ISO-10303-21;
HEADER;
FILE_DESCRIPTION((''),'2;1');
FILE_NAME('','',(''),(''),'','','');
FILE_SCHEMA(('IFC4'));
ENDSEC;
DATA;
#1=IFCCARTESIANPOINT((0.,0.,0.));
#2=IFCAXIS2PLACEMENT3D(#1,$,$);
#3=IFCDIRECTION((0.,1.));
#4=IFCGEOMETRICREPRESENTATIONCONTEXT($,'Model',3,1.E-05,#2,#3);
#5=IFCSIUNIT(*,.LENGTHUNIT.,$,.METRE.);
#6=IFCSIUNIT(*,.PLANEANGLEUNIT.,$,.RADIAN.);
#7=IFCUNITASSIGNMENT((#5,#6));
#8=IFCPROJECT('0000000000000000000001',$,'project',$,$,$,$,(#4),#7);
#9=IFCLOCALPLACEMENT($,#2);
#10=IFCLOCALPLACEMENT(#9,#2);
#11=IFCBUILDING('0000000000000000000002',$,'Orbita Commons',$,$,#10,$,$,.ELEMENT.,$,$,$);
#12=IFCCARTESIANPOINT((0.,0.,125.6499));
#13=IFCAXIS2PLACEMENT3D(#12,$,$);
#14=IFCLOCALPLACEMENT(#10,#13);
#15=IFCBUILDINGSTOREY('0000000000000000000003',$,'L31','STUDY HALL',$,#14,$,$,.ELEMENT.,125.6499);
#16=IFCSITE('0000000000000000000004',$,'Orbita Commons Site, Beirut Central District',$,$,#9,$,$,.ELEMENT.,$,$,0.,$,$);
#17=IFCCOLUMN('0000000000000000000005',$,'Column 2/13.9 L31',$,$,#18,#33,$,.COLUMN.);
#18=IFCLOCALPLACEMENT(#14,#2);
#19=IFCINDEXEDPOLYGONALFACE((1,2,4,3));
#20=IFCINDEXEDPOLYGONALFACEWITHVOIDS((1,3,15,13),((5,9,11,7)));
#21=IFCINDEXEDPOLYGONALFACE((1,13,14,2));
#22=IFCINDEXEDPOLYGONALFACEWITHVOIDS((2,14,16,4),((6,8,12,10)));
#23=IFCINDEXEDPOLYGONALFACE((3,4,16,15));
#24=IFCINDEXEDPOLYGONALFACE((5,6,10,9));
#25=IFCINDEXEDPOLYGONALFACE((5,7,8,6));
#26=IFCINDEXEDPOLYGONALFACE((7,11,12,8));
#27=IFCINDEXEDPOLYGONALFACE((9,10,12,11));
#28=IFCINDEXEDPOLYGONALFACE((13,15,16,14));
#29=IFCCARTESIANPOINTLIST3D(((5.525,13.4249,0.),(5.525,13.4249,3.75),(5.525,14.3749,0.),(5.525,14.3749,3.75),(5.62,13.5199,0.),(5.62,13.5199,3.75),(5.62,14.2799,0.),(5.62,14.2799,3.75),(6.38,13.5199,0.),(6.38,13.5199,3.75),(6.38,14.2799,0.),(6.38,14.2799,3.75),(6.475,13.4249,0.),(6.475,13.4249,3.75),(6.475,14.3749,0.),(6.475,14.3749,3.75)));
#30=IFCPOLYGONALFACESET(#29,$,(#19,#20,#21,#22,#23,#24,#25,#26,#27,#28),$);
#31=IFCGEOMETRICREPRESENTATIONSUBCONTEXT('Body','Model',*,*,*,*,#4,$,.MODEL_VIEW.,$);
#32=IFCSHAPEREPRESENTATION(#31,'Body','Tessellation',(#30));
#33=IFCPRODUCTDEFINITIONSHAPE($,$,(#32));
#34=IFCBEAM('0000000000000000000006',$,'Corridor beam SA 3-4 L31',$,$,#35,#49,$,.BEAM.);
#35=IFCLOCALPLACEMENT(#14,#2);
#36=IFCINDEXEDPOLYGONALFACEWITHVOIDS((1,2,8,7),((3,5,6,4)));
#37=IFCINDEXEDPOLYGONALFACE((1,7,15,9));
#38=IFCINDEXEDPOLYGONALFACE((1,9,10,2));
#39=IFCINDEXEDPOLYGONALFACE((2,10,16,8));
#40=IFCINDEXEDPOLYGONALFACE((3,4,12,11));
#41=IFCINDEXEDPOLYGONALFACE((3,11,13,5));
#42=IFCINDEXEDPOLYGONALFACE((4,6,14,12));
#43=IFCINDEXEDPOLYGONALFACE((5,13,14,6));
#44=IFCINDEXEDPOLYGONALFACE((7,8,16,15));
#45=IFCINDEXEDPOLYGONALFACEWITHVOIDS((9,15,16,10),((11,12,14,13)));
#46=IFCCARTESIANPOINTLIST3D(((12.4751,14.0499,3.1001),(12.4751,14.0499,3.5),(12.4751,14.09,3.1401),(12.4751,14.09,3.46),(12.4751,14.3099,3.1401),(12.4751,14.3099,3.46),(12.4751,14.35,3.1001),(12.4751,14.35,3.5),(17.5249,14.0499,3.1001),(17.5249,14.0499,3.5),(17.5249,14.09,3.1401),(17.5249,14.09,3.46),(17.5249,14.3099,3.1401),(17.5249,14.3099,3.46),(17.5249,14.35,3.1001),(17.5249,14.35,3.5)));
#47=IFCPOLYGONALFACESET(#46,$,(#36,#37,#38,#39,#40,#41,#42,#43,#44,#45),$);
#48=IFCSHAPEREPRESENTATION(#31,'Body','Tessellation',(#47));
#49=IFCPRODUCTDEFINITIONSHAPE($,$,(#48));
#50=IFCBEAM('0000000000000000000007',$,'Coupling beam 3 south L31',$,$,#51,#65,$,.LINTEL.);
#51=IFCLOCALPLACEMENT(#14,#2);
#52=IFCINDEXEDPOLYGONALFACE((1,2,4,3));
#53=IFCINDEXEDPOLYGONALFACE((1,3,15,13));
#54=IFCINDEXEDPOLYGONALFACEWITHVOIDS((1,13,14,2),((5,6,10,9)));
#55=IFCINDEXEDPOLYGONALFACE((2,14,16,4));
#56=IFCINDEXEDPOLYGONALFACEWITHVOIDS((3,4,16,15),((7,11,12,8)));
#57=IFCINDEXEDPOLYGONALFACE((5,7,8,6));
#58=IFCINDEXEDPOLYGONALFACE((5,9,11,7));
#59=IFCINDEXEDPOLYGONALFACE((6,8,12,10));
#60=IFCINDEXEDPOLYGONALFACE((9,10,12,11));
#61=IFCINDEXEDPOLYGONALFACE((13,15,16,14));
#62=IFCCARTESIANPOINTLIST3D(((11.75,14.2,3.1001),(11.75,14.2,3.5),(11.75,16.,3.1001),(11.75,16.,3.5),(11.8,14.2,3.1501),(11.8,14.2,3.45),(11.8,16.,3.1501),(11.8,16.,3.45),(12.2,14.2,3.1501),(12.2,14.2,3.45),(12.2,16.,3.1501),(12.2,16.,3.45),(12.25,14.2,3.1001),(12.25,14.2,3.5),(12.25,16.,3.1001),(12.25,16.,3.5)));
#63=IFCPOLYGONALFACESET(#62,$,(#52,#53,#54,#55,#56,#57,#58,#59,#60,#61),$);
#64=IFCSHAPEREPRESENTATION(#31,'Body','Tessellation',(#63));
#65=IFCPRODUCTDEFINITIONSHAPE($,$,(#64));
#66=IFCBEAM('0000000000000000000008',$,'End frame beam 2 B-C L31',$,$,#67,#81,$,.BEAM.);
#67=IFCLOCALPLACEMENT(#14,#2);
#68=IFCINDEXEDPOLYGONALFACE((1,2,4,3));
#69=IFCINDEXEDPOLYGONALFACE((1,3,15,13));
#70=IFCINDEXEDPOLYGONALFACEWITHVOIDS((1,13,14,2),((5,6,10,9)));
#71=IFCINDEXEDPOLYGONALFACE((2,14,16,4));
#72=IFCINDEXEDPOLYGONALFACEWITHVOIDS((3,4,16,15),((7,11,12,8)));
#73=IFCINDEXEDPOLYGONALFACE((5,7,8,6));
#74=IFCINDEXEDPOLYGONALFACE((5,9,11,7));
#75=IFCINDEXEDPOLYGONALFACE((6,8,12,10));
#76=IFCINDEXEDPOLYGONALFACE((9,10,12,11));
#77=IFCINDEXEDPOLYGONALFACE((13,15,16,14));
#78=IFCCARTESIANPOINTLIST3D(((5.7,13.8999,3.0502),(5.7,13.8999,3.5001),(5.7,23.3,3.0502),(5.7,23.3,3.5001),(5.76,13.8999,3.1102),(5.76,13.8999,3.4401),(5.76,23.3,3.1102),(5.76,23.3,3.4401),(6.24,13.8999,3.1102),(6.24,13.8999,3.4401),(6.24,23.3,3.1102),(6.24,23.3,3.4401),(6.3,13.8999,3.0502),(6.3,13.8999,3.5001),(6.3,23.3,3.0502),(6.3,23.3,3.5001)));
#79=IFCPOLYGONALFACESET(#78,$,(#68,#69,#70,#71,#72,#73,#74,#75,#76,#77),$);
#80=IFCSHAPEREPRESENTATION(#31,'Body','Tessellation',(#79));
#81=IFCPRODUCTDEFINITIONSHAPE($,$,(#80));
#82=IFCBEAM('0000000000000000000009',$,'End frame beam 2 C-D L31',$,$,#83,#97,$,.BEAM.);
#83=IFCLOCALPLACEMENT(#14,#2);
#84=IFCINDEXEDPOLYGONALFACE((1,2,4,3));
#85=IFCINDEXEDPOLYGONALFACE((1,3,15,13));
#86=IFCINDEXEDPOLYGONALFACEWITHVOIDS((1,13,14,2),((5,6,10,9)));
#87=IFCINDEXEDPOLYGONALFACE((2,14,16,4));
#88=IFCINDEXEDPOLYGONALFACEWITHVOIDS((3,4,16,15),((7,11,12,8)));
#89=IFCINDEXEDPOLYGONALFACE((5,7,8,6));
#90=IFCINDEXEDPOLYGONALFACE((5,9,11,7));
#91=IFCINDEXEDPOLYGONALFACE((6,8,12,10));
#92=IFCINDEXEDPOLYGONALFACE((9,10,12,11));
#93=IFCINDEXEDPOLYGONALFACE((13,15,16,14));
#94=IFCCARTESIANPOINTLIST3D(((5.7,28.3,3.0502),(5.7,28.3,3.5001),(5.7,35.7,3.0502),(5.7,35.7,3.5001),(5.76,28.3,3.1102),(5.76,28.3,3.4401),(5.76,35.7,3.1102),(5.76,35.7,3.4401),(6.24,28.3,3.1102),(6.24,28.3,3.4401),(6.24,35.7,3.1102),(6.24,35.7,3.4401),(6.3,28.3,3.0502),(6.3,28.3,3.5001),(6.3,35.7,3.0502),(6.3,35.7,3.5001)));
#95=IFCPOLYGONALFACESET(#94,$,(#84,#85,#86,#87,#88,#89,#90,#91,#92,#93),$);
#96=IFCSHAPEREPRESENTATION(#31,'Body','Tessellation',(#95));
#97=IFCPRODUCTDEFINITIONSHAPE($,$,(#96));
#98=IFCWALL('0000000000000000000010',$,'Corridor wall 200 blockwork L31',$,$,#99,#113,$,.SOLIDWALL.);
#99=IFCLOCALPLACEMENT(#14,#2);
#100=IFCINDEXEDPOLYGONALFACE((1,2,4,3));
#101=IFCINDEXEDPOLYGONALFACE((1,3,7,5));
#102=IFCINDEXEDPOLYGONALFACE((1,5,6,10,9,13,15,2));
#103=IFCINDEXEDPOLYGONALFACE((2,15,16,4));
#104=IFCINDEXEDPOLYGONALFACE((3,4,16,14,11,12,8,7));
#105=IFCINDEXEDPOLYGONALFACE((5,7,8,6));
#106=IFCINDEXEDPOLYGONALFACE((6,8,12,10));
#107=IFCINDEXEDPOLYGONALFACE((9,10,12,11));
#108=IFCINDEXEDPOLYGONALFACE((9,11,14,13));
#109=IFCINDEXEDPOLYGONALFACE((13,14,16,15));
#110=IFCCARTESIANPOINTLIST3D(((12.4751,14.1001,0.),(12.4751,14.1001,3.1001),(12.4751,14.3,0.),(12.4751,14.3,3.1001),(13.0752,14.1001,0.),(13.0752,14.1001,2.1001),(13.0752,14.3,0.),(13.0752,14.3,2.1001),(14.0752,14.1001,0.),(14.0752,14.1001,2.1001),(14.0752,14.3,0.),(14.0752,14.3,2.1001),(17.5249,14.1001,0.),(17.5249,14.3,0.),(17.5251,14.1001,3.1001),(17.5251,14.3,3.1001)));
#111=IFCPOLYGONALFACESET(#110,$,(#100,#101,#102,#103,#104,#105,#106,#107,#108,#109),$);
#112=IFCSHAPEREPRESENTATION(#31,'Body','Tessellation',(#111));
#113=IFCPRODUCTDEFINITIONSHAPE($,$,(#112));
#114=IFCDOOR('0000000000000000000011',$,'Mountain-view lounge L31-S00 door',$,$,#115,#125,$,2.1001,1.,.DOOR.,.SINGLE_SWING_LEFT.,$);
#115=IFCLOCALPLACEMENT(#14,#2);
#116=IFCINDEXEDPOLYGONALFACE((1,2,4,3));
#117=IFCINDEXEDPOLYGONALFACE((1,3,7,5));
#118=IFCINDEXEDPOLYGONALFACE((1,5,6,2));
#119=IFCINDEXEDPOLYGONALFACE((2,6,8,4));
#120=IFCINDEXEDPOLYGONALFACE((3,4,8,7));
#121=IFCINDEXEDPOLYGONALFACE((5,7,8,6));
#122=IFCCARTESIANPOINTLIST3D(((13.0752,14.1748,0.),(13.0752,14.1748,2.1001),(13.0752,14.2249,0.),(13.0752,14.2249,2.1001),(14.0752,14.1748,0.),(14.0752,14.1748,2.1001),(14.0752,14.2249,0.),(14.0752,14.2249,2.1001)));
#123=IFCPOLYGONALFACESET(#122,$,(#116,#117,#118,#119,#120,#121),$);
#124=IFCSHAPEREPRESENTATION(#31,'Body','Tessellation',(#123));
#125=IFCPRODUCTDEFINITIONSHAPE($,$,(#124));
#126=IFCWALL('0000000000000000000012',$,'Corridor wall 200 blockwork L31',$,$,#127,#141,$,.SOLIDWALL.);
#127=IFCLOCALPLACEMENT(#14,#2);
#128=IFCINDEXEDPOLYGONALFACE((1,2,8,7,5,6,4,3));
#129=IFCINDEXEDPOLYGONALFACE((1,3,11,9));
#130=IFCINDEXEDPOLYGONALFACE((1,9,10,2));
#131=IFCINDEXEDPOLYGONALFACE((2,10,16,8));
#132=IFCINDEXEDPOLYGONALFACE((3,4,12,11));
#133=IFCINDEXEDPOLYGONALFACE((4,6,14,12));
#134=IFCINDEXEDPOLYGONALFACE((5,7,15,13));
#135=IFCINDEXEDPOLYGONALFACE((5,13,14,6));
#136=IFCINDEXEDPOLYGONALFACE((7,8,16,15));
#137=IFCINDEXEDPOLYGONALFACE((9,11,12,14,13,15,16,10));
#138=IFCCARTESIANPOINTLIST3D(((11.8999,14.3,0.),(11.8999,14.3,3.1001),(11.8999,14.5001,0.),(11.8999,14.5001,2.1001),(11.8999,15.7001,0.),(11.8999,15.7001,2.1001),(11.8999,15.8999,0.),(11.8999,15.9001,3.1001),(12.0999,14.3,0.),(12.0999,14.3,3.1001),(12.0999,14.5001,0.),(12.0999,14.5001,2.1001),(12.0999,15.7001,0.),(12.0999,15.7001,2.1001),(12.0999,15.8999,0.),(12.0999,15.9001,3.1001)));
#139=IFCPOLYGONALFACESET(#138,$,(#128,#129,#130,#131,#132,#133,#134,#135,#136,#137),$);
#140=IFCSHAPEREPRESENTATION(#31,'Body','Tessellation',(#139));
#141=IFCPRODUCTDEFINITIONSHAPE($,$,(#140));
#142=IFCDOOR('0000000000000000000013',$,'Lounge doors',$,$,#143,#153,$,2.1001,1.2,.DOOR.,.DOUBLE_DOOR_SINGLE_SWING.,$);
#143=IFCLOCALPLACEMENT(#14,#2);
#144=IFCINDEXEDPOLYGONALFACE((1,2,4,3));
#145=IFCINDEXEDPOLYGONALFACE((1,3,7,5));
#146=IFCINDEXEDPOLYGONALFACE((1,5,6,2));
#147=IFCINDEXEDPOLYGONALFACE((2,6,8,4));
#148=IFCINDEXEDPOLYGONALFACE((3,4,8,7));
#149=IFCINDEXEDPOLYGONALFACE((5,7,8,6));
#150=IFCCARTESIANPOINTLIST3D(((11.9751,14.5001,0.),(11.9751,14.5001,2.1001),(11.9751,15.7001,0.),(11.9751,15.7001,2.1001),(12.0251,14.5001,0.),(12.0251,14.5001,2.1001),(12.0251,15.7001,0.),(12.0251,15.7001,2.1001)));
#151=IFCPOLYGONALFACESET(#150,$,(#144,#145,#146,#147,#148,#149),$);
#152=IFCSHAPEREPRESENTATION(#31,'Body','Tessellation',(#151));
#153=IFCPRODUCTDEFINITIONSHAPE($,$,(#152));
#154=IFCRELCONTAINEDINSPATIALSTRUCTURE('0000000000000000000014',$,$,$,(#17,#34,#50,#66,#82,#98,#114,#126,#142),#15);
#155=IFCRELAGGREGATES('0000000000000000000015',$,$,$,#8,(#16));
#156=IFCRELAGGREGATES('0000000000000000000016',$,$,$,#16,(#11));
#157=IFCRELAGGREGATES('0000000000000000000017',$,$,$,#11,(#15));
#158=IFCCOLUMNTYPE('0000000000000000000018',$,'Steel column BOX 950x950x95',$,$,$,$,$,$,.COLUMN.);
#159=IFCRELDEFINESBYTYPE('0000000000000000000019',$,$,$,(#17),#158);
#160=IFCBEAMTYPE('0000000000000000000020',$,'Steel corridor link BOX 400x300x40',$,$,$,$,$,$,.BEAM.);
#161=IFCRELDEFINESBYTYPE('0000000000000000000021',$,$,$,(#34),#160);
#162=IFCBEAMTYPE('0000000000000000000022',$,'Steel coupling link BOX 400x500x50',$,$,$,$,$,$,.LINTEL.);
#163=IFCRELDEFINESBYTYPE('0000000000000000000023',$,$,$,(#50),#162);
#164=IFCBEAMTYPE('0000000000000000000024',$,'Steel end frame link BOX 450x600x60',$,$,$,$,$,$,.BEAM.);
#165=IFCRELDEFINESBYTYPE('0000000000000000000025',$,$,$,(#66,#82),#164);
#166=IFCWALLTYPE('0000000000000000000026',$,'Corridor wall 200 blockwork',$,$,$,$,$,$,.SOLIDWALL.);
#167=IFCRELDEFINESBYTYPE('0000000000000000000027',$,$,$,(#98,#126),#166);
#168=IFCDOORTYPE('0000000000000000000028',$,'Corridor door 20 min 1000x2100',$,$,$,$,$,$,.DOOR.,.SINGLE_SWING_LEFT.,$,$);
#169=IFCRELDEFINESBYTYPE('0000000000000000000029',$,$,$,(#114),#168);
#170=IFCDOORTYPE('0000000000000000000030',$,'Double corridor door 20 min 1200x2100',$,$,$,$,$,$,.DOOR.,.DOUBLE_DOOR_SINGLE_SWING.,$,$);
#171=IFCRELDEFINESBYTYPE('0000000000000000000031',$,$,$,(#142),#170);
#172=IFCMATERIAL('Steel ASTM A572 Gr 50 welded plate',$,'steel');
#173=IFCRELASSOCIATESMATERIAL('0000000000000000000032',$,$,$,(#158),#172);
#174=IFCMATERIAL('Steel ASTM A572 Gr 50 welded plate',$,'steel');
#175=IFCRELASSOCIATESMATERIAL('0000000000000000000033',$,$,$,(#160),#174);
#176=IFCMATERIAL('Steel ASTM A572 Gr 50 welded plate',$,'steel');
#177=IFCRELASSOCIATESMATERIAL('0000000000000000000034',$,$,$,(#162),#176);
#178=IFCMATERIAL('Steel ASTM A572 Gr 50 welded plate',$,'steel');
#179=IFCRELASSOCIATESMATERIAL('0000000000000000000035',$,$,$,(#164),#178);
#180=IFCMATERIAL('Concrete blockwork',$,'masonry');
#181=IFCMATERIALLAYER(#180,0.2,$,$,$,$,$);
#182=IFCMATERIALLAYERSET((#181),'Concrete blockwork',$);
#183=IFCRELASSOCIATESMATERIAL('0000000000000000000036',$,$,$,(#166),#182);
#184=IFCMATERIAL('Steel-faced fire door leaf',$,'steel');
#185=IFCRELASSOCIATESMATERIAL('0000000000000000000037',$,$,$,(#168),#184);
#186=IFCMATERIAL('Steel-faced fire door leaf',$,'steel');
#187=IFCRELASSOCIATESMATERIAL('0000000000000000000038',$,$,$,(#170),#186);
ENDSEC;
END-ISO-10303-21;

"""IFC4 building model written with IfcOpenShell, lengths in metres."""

from ifc_helpers import new_model, si_unit, direction, frame, frame_2d, origin, origin_2d, place, context, subcontext, project, spatial, polyline, rectangle, hollow_rectangle, outline, extrude, material, layer, layer_set, material_profile, profile_set, type_object, element, fill, save


model = new_model("IFC4")

# Units and contexts
model_context = context("Model", 3, precision=1e-05, world=origin(), true_north=direction((0.0, 1.0)))
body_context = subcontext(model_context, "Body", "Model", "MODEL_VIEW")
ifc_project = project(units=[si_unit("LENGTHUNIT", "METRE"), si_unit("PLANEANGLEUNIT", "RADIAN")], contexts=[model_context])

# Site, building, storey
site_placement = place(None, origin())
site = spatial("IfcSite", under=ifc_project, at=site_placement, Name="Orbita Commons Site, Beirut Central District", CompositionType="ELEMENT", RefElevation=0.0)
building_placement = place(site_placement, origin())
building = spatial("IfcBuilding", under=site, at=building_placement, Name="Orbita Commons", CompositionType="ELEMENT")
storey_placement = place(building_placement, frame((0.0, 0.0, 125.6499)))
storey = spatial("IfcBuildingStorey", under=building, at=storey_placement, Name="L31", Description="STUDY HALL", CompositionType="ELEMENT", Elevation=125.6499)

# Column
ifc_material_1 = material(Name="Steel ASTM A572 Gr 50 welded plate", Category="steel")
ifc_material_profile_1 = material_profile(ifc_material_1, hollow_rectangle(XDim=0.95, YDim=0.95, WallThickness=0.095, at=origin_2d()), Name="BOX 950x950x95")
ifc_profile_set_1 = profile_set([ifc_material_profile_1], Name="Steel ASTM A572 Gr 50 welded plate")
column_type = type_object("IfcColumnType", Name="Steel column BOX 950x950x95", PredefinedType="COLUMN", material=ifc_profile_set_1)
column_placement = place(storey_placement, frame((6.0, 13.8999, 0.0), z_axis=(0.0, 0.0, 1.0), x_axis=(1.0, 0.0, 0.0)))
element("IfcColumn", 1, at=column_placement, inside=storey, type_object=column_type, Name="Column 2/13.9 L31", PredefinedType="COLUMN", context=body_context, shape_type="SweptSolid", body=[
    extrude(hollow_rectangle(XDim=0.95, YDim=0.95, WallThickness=0.095, at=origin_2d()), origin(), (0.0, 0.0, 1.0), 3.75),
])

# Beams
ifc_material_2 = material(Name="Steel ASTM A572 Gr 50 welded plate", Category="steel")
ifc_material_profile_2 = material_profile(ifc_material_2, hollow_rectangle(XDim=0.3, YDim=0.3999, WallThickness=0.04, at=origin_2d()), Name="BOX 400x300x40")
ifc_profile_set_2 = profile_set([ifc_material_profile_2], Name="Steel ASTM A572 Gr 50 welded plate")
beam_type_1 = type_object("IfcBeamType", Name="Steel corridor link BOX 400x300x40", PredefinedType="BEAM", material=ifc_profile_set_2)
beam_1_placement = place(storey_placement, frame((12.4751, 14.2, 3.3), z_axis=(1.0, 0.0, 0.0), x_axis=(0.0, 1.0, 0.0)))
element("IfcBeam", 2, at=beam_1_placement, inside=storey, type_object=beam_type_1, Name="Corridor beam SA 3-4 L31", PredefinedType="BEAM", context=body_context, shape_type="SweptSolid", body=[
    extrude(hollow_rectangle(XDim=0.3, YDim=0.3999, WallThickness=0.04, at=origin_2d()), origin(), (0.0, 0.0, 1.0), 5.0498),
])
ifc_material_3 = material(Name="Steel ASTM A572 Gr 50 welded plate", Category="steel")
ifc_material_profile_3 = material_profile(ifc_material_3, hollow_rectangle(XDim=0.5, YDim=0.3999, WallThickness=0.05, at=origin_2d()), Name="BOX 400x500x50")
ifc_profile_set_3 = profile_set([ifc_material_profile_3], Name="Steel ASTM A572 Gr 50 welded plate")
beam_type_2 = type_object("IfcBeamType", Name="Steel coupling link BOX 400x500x50", PredefinedType="LINTEL", material=ifc_profile_set_3)
beam_2_placement = place(storey_placement, frame((12.0, 14.2, 3.3), z_axis=(0.0, 1.0, 0.0), x_axis=(-1.0, 0.0, 0.0)))
element("IfcBeam", 3, at=beam_2_placement, inside=storey, type_object=beam_type_2, Name="Coupling beam 3 south L31", PredefinedType="LINTEL", context=body_context, shape_type="SweptSolid", body=[
    extrude(hollow_rectangle(XDim=0.5, YDim=0.3999, WallThickness=0.05, at=origin_2d()), origin(), (0.0, 0.0, 1.0), 1.8),
])
ifc_material_4 = material(Name="Steel ASTM A572 Gr 50 welded plate", Category="steel")
ifc_material_profile_4 = material_profile(ifc_material_4, hollow_rectangle(XDim=0.6001, YDim=0.45, WallThickness=0.0601, at=origin_2d()), Name="BOX 450x600x60")
ifc_profile_set_4 = profile_set([ifc_material_profile_4], Name="Steel ASTM A572 Gr 50 welded plate")
beam_type_3 = type_object("IfcBeamType", Name="Steel end frame link BOX 450x600x60", PredefinedType="BEAM", material=ifc_profile_set_4)
beam_3_placement = place(storey_placement, frame((6.0, 13.8999, 3.2751), z_axis=(0.0, 1.0, 0.0), x_axis=(-1.0, 0.0, 0.0)))
element("IfcBeam", 4, at=beam_3_placement, inside=storey, type_object=beam_type_3, Name="End frame beam 2 B-C L31", PredefinedType="BEAM", context=body_context, shape_type="SweptSolid", body=[
    extrude(hollow_rectangle(XDim=0.6001, YDim=0.45, WallThickness=0.0601, at=origin_2d()), origin(), (0.0, 0.0, 1.0), 9.4001),
])
beam_4_placement = place(storey_placement, frame((6.0, 28.3, 3.2751), z_axis=(0.0, 1.0, 0.0), x_axis=(-1.0, 0.0, 0.0)))
element("IfcBeam", 5, at=beam_4_placement, inside=storey, type_object=beam_type_3, Name="End frame beam 2 C-D L31", PredefinedType="BEAM", context=body_context, shape_type="SweptSolid", body=[
    extrude(hollow_rectangle(XDim=0.6001, YDim=0.45, WallThickness=0.0601, at=origin_2d()), origin(), (0.0, 0.0, 1.0), 7.3999),
])

# Walls, openings, doors
ifc_material_5 = material(Name="Concrete blockwork", Category="masonry")
ifc_layer_1 = layer(ifc_material_5, 0.2)
ifc_layer_set_1 = layer_set([ifc_layer_1], Name="Concrete blockwork")
wall_type_1 = type_object("IfcWallType", Name="Corridor wall 200 blockwork", PredefinedType="SOLIDWALL", material=ifc_layer_set_1)
wall_1_placement = place(storey_placement, frame((12.4751, 14.2, 0.0), z_axis=(0.0, 0.0, 1.0), x_axis=(1.0, 0.0, 0.0)))
wall_1 = element("IfcWall", 6, at=wall_1_placement, inside=storey, type_object=wall_type_1, Name="Corridor wall 200 blockwork L31", PredefinedType="SOLIDWALL", context=body_context, shape_type="SweptSolid", body=[
    extrude(outline(polyline([(0.0, 0.0), (5.0498, 0.0), (5.05, 3.1001), (0.0, 3.1001), (0.0, 0.0)])), frame((0.0, 0.1001, 0.0), z_axis=(0.0, -1.0, 0.0), x_axis=(1.0, 0.0, 0.0)), (0.0, 0.0, 1.0), 0.2),
])
opening_1_placement = place(wall_1_placement, frame((0.6001, 0.0, 0.0)))
opening_1 = element("IfcOpeningElement", 7, at=opening_1_placement, cuts=wall_1, PredefinedType="OPENING", context=body_context, shape_type="SweptSolid", body=[
    extrude(rectangle(XDim=1.0, YDim=2.1001, at=frame_2d((0.5, 1.05))), frame((0.0, 0.1099, 0.0), z_axis=(0.0, -1.0, 0.0), x_axis=(1.0, 0.0, 0.0)), (0.0, 0.0, 1.0), 0.22),
])
ifc_material_6 = material(Name="Steel-faced fire door leaf", Category="steel")
door_type_1 = type_object("IfcDoorType", Name="Corridor door 20 min 1000x2100", OperationType="SINGLE_SWING_LEFT", PredefinedType="DOOR", material=ifc_material_6)
door_1_placement = place(opening_1_placement, origin())
door_1 = element("IfcDoor", 8, at=door_1_placement, inside=storey, type_object=door_type_1, Name="Mountain-view lounge L31-S00 door", OperationType="SINGLE_SWING_LEFT", OverallHeight=2.1001, OverallWidth=1.0, PredefinedType="DOOR", context=body_context, shape_type="SweptSolid", body=[
    extrude(rectangle(XDim=1.0, YDim=2.1001, at=frame_2d((0.5, 1.05))), frame((0.0, 0.0249, 0.0), z_axis=(0.0, -1.0, 0.0), x_axis=(1.0, 0.0, 0.0)), (0.0, 0.0, 1.0), 0.05),
])
fill(opening_1, door_1)
wall_2_placement = place(storey_placement, frame((12.0, 14.3, 0.0), z_axis=(0.0, 0.0, 1.0), x_axis=(0.0, 1.0, 0.0)))
wall_2 = element("IfcWall", 9, at=wall_2_placement, inside=storey, type_object=wall_type_1, Name="Corridor wall 200 blockwork L31", PredefinedType="SOLIDWALL", context=body_context, shape_type="SweptSolid", body=[
    extrude(outline(polyline([(0.0, 0.0), (1.5999, 0.0), (1.6001, 3.1001), (0.0, 3.1001), (0.0, 0.0)])), frame((0.0, 0.1001, 0.0), z_axis=(0.0, -1.0, 0.0), x_axis=(1.0, 0.0, 0.0)), (0.0, 0.0, 1.0), 0.2),
])
opening_2_placement = place(wall_2_placement, frame((0.2, 0.0, 0.0)))
opening_2 = element("IfcOpeningElement", 10, at=opening_2_placement, cuts=wall_2, PredefinedType="OPENING", context=body_context, shape_type="SweptSolid", body=[
    extrude(rectangle(XDim=1.2, YDim=2.1001, at=frame_2d((0.6001, 1.05))), frame((0.0, 0.1099, 0.0), z_axis=(0.0, -1.0, 0.0), x_axis=(1.0, 0.0, 0.0)), (0.0, 0.0, 1.0), 0.22),
])
ifc_material_7 = material(Name="Steel-faced fire door leaf", Category="steel")
door_type_2 = type_object("IfcDoorType", Name="Double corridor door 20 min 1200x2100", OperationType="DOUBLE_DOOR_SINGLE_SWING", PredefinedType="DOOR", material=ifc_material_7)
door_2_placement = place(opening_2_placement, origin())
door_2 = element("IfcDoor", 11, at=door_2_placement, inside=storey, type_object=door_type_2, Name="Lounge doors", OperationType="DOUBLE_DOOR_SINGLE_SWING", OverallHeight=2.1001, OverallWidth=1.2, PredefinedType="DOOR", context=body_context, shape_type="SweptSolid", body=[
    extrude(rectangle(XDim=1.2, YDim=2.1001, at=frame_2d((0.6001, 1.05))), frame((0.0, 0.0249, 0.0), z_axis=(0.0, -1.0, 0.0), x_axis=(1.0, 0.0, 0.0)), (0.0, 0.0, 1.0), 0.05),
])
fill(opening_2, door_2)

save(model, "model.ifc")
